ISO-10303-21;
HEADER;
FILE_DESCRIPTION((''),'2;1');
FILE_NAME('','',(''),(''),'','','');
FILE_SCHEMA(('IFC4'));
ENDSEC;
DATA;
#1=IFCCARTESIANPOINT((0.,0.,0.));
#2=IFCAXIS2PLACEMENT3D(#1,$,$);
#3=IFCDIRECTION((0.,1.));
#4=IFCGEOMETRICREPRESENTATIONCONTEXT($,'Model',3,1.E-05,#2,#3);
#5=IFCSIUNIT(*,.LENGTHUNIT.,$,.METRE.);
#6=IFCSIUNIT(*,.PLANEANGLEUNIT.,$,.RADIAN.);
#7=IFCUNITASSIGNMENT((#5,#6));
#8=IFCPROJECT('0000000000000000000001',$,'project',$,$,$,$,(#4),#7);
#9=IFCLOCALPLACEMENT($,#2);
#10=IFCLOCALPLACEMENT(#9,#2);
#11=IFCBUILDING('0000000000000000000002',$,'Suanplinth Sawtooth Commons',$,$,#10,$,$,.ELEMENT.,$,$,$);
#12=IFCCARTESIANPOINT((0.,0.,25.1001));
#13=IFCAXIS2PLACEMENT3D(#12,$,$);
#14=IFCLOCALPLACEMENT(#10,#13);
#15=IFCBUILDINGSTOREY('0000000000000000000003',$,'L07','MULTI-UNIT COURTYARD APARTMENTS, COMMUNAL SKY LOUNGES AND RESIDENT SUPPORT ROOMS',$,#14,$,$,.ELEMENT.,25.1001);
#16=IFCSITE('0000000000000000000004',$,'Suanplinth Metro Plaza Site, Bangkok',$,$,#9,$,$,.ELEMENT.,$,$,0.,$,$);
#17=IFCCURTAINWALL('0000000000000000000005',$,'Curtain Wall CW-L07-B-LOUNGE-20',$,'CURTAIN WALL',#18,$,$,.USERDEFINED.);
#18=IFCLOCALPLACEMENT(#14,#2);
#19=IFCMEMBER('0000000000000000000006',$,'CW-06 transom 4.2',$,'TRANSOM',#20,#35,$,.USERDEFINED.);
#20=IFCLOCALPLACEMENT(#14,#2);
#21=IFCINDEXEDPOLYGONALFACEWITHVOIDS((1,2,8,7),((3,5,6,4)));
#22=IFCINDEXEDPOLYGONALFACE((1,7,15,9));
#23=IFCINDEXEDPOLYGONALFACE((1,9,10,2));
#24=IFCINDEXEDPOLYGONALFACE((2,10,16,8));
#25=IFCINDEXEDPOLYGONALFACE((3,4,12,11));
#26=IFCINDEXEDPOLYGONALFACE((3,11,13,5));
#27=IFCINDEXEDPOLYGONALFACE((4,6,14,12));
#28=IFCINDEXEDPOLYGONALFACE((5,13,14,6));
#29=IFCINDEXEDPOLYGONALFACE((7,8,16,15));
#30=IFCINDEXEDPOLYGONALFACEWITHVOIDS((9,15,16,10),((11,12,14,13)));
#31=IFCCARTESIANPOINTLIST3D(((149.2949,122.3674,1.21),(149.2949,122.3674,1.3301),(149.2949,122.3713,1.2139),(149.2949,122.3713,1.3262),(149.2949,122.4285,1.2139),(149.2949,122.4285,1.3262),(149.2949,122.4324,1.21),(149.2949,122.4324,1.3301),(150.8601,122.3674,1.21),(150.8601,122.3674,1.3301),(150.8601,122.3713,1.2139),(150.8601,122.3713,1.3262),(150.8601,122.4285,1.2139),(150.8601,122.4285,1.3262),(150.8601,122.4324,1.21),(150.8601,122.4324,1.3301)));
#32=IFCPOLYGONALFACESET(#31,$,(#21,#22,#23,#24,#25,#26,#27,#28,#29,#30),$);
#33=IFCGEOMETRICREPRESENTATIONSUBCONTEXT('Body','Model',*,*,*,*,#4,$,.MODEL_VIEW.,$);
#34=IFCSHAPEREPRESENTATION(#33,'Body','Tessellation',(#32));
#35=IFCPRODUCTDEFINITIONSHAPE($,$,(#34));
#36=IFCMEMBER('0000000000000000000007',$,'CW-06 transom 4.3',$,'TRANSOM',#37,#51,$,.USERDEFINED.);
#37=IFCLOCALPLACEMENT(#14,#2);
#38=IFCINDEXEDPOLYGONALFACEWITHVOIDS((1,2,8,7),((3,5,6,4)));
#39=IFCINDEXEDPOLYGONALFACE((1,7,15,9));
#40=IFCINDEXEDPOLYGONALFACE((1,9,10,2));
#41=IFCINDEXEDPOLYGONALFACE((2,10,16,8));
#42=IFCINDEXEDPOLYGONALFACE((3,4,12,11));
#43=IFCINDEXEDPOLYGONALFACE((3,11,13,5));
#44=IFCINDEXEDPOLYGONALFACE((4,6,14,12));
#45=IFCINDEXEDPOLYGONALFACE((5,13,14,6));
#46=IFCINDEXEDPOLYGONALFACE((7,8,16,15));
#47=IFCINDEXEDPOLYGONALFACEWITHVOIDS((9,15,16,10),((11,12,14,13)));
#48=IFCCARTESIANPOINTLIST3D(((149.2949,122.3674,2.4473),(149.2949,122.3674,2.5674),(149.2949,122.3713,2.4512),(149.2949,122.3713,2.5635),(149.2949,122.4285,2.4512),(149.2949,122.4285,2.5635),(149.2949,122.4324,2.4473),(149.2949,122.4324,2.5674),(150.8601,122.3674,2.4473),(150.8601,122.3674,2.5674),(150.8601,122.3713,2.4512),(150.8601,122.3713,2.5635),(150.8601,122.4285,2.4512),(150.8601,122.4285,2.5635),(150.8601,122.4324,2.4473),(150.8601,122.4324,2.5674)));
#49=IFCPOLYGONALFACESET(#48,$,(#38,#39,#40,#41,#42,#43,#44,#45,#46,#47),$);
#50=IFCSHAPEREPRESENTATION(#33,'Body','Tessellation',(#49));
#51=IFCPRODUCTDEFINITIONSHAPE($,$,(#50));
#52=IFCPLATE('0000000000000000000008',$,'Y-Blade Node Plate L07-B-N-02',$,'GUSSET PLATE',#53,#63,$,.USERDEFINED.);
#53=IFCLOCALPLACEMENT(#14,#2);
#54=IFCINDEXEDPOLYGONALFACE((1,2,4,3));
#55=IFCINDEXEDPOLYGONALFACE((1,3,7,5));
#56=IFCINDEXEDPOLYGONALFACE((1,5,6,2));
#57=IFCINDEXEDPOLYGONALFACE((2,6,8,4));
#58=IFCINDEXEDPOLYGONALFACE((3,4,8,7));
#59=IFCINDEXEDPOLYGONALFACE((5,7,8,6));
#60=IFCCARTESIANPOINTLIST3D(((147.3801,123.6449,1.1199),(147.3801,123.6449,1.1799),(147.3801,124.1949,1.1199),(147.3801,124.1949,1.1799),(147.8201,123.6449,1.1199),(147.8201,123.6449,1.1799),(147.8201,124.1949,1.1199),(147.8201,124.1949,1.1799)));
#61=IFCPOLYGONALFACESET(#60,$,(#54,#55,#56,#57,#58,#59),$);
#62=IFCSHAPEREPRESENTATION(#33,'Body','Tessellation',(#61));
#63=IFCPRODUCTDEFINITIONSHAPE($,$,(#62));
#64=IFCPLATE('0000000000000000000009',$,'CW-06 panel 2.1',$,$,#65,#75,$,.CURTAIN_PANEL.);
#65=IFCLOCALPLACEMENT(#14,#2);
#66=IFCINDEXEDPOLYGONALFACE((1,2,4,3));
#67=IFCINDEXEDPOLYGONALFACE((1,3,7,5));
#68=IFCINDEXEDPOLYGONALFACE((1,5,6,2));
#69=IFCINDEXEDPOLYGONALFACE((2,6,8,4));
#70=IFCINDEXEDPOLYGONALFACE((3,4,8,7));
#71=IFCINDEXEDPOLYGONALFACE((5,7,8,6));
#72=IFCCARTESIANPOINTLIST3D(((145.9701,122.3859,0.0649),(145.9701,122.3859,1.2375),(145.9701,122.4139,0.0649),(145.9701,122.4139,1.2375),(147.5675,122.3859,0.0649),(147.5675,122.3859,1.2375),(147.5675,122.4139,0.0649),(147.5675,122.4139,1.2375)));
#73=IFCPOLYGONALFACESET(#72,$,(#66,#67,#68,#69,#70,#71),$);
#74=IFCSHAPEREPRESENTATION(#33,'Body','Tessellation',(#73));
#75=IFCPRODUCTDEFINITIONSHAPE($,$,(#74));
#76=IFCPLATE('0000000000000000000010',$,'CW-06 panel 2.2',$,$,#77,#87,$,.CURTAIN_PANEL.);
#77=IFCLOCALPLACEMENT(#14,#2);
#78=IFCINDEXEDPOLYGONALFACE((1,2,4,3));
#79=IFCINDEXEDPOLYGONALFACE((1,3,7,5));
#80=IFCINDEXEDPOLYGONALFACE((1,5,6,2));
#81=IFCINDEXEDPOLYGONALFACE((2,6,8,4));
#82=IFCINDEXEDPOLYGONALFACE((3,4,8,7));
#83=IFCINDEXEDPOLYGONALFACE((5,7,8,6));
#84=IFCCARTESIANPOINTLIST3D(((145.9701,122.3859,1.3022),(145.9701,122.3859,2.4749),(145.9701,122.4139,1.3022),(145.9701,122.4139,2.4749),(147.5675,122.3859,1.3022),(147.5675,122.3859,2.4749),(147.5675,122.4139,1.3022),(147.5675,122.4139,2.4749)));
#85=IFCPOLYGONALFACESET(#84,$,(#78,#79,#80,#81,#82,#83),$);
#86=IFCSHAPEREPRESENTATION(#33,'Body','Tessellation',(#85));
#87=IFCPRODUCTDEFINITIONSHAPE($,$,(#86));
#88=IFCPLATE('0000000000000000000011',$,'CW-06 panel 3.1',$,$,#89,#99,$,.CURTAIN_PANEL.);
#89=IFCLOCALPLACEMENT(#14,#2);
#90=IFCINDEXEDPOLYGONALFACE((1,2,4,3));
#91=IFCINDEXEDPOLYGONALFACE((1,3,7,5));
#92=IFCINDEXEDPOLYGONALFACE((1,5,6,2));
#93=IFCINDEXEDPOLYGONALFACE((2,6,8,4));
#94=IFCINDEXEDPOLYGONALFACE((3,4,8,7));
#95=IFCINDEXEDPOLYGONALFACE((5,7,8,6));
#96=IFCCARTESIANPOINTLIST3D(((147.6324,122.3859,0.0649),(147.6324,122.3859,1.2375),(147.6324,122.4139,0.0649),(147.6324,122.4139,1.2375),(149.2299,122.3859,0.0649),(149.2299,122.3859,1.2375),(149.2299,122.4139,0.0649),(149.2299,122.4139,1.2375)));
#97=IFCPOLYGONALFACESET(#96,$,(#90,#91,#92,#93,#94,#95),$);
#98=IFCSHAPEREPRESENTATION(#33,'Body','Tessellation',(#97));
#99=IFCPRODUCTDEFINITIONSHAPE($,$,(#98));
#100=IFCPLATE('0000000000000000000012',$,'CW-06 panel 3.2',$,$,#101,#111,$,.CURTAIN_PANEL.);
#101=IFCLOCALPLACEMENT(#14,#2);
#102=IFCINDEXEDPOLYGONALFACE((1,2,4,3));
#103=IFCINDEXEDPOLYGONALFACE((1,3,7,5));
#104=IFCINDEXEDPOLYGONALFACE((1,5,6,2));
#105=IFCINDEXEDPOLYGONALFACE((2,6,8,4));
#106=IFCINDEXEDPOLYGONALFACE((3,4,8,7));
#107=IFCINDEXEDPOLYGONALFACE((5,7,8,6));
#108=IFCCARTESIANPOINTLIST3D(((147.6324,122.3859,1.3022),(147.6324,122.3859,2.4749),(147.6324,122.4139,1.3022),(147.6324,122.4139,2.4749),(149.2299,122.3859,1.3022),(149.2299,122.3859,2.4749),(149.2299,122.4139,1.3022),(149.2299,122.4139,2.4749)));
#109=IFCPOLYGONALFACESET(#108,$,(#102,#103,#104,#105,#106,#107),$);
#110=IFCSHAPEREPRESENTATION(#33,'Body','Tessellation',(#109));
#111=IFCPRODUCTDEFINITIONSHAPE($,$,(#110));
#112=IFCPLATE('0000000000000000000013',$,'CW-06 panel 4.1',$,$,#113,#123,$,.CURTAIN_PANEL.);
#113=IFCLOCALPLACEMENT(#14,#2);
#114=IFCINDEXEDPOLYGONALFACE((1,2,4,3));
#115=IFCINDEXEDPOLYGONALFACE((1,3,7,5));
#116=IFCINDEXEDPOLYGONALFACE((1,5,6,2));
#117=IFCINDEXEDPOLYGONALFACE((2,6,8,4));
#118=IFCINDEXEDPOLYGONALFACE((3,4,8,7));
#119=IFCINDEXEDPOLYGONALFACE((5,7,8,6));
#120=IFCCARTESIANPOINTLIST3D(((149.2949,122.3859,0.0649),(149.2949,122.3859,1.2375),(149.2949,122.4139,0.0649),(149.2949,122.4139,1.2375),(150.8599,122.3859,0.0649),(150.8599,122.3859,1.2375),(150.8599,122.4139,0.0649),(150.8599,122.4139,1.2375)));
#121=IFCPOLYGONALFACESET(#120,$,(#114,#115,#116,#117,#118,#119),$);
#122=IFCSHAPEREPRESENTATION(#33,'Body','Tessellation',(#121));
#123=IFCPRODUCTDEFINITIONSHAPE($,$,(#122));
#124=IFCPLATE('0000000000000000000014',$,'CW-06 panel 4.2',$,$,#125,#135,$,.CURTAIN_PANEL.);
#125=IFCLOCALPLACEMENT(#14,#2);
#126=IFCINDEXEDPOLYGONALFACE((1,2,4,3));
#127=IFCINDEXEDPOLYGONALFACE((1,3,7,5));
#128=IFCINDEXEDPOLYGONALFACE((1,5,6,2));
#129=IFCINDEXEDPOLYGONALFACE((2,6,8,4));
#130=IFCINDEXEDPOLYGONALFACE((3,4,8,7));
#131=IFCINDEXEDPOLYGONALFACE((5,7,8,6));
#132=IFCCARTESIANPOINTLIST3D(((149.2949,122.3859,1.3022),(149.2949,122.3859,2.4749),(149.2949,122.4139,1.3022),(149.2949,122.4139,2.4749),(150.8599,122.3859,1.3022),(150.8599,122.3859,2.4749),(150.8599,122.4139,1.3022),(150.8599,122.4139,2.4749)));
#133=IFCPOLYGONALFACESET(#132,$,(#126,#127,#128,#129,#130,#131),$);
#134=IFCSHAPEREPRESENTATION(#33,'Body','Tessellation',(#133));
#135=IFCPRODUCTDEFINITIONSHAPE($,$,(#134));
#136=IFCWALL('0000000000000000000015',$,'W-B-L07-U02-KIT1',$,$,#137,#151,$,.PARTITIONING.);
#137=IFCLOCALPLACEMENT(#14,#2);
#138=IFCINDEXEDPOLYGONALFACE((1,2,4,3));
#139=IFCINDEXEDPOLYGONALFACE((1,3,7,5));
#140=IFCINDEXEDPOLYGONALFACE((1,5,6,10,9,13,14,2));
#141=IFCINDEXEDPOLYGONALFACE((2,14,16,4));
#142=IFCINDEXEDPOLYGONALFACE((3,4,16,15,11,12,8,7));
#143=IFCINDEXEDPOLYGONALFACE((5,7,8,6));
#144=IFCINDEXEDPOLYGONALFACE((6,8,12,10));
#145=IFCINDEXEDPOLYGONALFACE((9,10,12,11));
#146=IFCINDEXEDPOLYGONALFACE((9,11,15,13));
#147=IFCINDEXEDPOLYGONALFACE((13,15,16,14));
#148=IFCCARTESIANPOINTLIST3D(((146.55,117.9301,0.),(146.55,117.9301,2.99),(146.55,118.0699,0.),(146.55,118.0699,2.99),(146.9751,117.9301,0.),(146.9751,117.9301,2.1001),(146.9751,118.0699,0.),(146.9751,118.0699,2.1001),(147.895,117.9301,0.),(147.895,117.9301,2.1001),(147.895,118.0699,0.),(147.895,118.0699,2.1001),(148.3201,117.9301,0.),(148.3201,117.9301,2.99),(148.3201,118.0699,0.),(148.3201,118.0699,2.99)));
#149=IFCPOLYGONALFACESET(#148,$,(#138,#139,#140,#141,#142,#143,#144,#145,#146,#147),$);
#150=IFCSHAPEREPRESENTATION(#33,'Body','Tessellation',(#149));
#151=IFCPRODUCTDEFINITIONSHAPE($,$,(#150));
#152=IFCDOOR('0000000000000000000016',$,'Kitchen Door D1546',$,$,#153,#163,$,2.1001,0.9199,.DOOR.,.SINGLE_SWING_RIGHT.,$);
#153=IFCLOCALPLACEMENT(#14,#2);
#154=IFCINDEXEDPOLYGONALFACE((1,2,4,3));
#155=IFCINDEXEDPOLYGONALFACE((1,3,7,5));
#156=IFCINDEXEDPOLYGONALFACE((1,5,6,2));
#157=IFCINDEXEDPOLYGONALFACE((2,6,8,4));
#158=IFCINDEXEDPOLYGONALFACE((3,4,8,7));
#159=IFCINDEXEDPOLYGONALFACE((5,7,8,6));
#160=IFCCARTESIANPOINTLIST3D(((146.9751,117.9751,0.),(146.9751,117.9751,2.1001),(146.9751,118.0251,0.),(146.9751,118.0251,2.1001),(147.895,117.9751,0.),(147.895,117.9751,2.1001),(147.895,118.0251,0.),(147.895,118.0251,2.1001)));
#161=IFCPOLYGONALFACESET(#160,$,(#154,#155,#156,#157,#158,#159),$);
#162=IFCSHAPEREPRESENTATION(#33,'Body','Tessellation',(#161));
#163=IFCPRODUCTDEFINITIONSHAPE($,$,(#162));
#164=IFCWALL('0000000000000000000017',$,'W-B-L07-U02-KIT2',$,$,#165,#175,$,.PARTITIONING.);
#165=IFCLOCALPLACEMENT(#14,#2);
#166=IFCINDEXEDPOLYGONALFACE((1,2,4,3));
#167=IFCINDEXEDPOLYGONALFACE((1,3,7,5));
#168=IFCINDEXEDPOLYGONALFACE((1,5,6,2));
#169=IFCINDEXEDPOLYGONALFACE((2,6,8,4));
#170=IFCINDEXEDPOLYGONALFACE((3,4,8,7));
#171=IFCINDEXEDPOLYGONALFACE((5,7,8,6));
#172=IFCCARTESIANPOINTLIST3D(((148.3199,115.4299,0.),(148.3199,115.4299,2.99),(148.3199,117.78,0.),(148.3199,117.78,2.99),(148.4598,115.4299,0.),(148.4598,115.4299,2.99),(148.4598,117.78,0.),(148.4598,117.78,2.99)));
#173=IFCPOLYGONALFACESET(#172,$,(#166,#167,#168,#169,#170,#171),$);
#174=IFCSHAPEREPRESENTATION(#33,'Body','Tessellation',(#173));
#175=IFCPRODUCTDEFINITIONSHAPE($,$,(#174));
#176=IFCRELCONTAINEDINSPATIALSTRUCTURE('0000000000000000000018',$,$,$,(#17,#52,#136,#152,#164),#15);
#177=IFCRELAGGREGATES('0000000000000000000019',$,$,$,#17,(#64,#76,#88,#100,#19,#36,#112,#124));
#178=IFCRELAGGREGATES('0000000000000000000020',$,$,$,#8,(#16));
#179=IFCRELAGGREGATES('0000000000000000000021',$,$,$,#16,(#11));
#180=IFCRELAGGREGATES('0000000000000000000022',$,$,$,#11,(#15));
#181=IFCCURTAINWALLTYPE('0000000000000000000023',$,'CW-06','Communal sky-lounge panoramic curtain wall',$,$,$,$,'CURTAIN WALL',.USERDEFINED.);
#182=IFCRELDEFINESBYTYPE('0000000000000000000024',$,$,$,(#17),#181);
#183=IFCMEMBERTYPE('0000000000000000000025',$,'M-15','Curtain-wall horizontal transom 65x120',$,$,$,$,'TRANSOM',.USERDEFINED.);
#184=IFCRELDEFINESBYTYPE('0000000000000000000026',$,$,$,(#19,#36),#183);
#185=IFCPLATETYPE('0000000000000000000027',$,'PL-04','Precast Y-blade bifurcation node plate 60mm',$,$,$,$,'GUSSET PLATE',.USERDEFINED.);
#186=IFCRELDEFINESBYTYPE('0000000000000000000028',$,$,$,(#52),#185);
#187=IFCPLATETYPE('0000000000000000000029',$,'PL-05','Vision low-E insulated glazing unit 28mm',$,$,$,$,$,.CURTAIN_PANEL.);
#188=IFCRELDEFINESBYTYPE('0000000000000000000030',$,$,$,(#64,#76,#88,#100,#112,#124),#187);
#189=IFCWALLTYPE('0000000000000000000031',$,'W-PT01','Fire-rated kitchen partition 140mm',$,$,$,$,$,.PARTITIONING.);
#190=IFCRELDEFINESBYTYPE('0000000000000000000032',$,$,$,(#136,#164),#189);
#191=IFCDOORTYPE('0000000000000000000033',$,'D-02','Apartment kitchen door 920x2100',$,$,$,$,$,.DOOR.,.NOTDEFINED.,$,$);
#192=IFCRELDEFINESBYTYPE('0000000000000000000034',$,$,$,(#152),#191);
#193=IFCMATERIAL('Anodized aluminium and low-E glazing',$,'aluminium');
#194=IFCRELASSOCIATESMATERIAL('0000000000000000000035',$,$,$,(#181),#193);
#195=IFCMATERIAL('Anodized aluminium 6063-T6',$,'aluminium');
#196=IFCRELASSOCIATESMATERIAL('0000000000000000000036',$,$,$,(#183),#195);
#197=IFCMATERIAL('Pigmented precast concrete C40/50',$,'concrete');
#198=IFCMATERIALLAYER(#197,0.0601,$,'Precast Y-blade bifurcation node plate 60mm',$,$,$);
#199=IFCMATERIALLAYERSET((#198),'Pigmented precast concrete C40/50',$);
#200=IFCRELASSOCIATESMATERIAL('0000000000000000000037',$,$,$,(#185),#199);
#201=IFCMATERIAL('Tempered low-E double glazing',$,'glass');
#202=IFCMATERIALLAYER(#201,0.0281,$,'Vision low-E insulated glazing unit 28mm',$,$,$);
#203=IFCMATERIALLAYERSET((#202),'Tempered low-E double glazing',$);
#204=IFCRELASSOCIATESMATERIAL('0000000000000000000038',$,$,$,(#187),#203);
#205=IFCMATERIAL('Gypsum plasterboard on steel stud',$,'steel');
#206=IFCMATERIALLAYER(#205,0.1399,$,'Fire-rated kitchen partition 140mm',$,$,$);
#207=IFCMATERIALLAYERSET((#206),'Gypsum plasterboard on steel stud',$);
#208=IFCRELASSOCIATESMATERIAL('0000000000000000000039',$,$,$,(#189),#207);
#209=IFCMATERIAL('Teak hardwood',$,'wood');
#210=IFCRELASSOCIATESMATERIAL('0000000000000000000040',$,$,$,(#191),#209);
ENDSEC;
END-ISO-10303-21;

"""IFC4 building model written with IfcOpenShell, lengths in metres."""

from ifc_helpers import new_model, si_unit, direction, frame, frame_2d, origin, origin_2d, place, context, subcontext, project, spatial, rectangle, hollow_rectangle, extrude, material, layer, layer_set, material_profile, profile_set, type_object, element, fill, aggregate, save


model = new_model("IFC4")

# Units and contexts
model_context = context("Model", 3, precision=1e-05, world=origin(), true_north=direction((0.0, 1.0)))
body_context = subcontext(model_context, "Body", "Model", "MODEL_VIEW")
ifc_project = project(units=[si_unit("LENGTHUNIT", "METRE"), si_unit("PLANEANGLEUNIT", "RADIAN")], contexts=[model_context])

# Site, building, storey
site_placement = place(None, origin())
site = spatial("IfcSite", under=ifc_project, at=site_placement, Name="Suanplinth Metro Plaza Site, Bangkok", CompositionType="ELEMENT", RefElevation=0.0)
building_placement = place(site_placement, origin())
building = spatial("IfcBuilding", under=site, at=building_placement, Name="Suanplinth Sawtooth Commons", CompositionType="ELEMENT")
storey_placement = place(building_placement, frame((0.0, 0.0, 25.1001)))
storey = spatial("IfcBuildingStorey", under=building, at=storey_placement, Name="L07", Description="MULTI-UNIT COURTYARD APARTMENTS, COMMUNAL SKY LOUNGES AND RESIDENT SUPPORT ROOMS", CompositionType="ELEMENT", Elevation=25.1001)

# Shared definitions
ifc_material_1 = material(Name="Pigmented precast concrete C40/50", Category="concrete")

# Curtain wall, members
ifc_material_2 = material(Name="Anodized aluminium and low-E glazing", Category="aluminium")
curtain_wall_type = type_object("IfcCurtainWallType", Name="CW-06", Description="Communal sky-lounge panoramic curtain wall", ElementType="CURTAIN WALL", PredefinedType="USERDEFINED", material=ifc_material_2)
curtain_wall_placement = place(storey_placement, origin())
curtain_wall = element("IfcCurtainWall", 1, at=curtain_wall_placement, inside=storey, type_object=curtain_wall_type, Name="Curtain Wall CW-L07-B-LOUNGE-20", ObjectType="CURTAIN WALL", PredefinedType="USERDEFINED")
ifc_material_3 = material(Name="Anodized aluminium 6063-T6", Category="aluminium")
ifc_material_profile_1 = material_profile(ifc_material_3, hollow_rectangle(XDim=0.0649, YDim=0.1201, WallThickness=0.0039, at=origin_2d()), Name="ALU-TRN 65x120")
ifc_profile_set_1 = profile_set([ifc_material_profile_1], Name="Anodized aluminium 6063-T6")
member_type_1 = type_object("IfcMemberType", Name="M-15", Description="Curtain-wall horizontal transom 65x120", ElementType="TRANSOM", PredefinedType="USERDEFINED", material=ifc_profile_set_1)
member_1_placement = place(storey_placement, frame((149.2949, 122.3999, 1.27), z_axis=(1.0, 0.0, 0.0), x_axis=(0.0, 1.0, 0.0)))
member_1 = element("IfcMember", 2, at=member_1_placement, type_object=member_type_1, Name="CW-06 transom 4.2", ObjectType="TRANSOM", PredefinedType="USERDEFINED", context=body_context, shape_type="SweptSolid", body=[
    extrude(hollow_rectangle(XDim=0.0649, YDim=0.1201, WallThickness=0.0039, at=origin_2d()), origin(), (0.0, 0.0, 1.0), 1.5652),
])
member_2_placement = place(storey_placement, frame((149.2949, 122.3999, 2.5073), z_axis=(1.0, 0.0, 0.0), x_axis=(0.0, 1.0, 0.0)))
member_2 = element("IfcMember", 3, at=member_2_placement, type_object=member_type_1, Name="CW-06 transom 4.3", ObjectType="TRANSOM", PredefinedType="USERDEFINED", context=body_context, shape_type="SweptSolid", body=[
    extrude(hollow_rectangle(XDim=0.0649, YDim=0.1201, WallThickness=0.0039, at=origin_2d()), origin(), (0.0, 0.0, 1.0), 1.5652),
])

# Plates
ifc_layer_1 = layer(ifc_material_1, 0.0601, Name="Precast Y-blade bifurcation node plate 60mm")
ifc_layer_set_1 = layer_set([ifc_layer_1], Name="Pigmented precast concrete C40/50")
plate_type_1 = type_object("IfcPlateType", Name="PL-04", Description="Precast Y-blade bifurcation node plate 60mm", ElementType="GUSSET PLATE", PredefinedType="USERDEFINED", material=ifc_layer_set_1)
plate_1_placement = place(storey_placement, frame((147.6001, 123.9199, 1.1199), z_axis=(0.0, 0.0, 1.0), x_axis=(1.0, 0.0, 0.0)))
element("IfcPlate", 4, at=plate_1_placement, inside=storey, type_object=plate_type_1, Name="Y-Blade Node Plate L07-B-N-02", ObjectType="GUSSET PLATE", PredefinedType="USERDEFINED", context=body_context, shape_type="SweptSolid", body=[
    extrude(rectangle(XDim=0.4399, YDim=0.55, at=origin_2d()), origin(), (0.0, 0.0, 1.0), 0.0601),
])
ifc_material_4 = material(Name="Tempered low-E double glazing", Category="glass")
ifc_layer_2 = layer(ifc_material_4, 0.0281, Name="Vision low-E insulated glazing unit 28mm")
ifc_layer_set_2 = layer_set([ifc_layer_2], Name="Tempered low-E double glazing")
plate_type_2 = type_object("IfcPlateType", Name="PL-05", Description="Vision low-E insulated glazing unit 28mm", PredefinedType="CURTAIN_PANEL", material=ifc_layer_set_2)
plate_2_placement = place(storey_placement, frame((146.7688, 122.3999, 0.0649), z_axis=(0.0, 0.0, 1.0), x_axis=(1.0, 0.0, 0.0)))
plate_2 = element("IfcPlate", 5, at=plate_2_placement, type_object=plate_type_2, Name="CW-06 panel 2.1", PredefinedType="CURTAIN_PANEL", context=body_context, shape_type="SweptSolid", body=[
    extrude(rectangle(XDim=1.5974, YDim=0.0281, at=origin_2d()), origin(), (0.0, 0.0, 1.0), 1.1726),
])
plate_3_placement = place(storey_placement, frame((146.7688, 122.3999, 1.3022), z_axis=(0.0, 0.0, 1.0), x_axis=(1.0, 0.0, 0.0)))
plate_3 = element("IfcPlate", 6, at=plate_3_placement, type_object=plate_type_2, Name="CW-06 panel 2.2", PredefinedType="CURTAIN_PANEL", context=body_context, shape_type="SweptSolid", body=[
    extrude(rectangle(XDim=1.5974, YDim=0.0281, at=origin_2d()), origin(), (0.0, 0.0, 1.0), 1.1726),
])
plate_4_placement = place(storey_placement, frame((148.4312, 122.3999, 0.0649), z_axis=(0.0, 0.0, 1.0), x_axis=(1.0, 0.0, 0.0)))
plate_4 = element("IfcPlate", 7, at=plate_4_placement, type_object=plate_type_2, Name="CW-06 panel 3.1", PredefinedType="CURTAIN_PANEL", context=body_context, shape_type="SweptSolid", body=[
    extrude(rectangle(XDim=1.5974, YDim=0.0281, at=origin_2d()), origin(), (0.0, 0.0, 1.0), 1.1726),
])
plate_5_placement = place(storey_placement, frame((148.4312, 122.3999, 1.3022), z_axis=(0.0, 0.0, 1.0), x_axis=(1.0, 0.0, 0.0)))
plate_5 = element("IfcPlate", 8, at=plate_5_placement, type_object=plate_type_2, Name="CW-06 panel 3.2", PredefinedType="CURTAIN_PANEL", context=body_context, shape_type="SweptSolid", body=[
    extrude(rectangle(XDim=1.5974, YDim=0.0281, at=origin_2d()), origin(), (0.0, 0.0, 1.0), 1.1726),
])
plate_6_placement = place(storey_placement, frame((150.0774, 122.3999, 0.0649), z_axis=(0.0, 0.0, 1.0), x_axis=(1.0, 0.0, 0.0)))
plate_6 = element("IfcPlate", 9, at=plate_6_placement, type_object=plate_type_2, Name="CW-06 panel 4.1", PredefinedType="CURTAIN_PANEL", context=body_context, shape_type="SweptSolid", body=[
    extrude(rectangle(XDim=1.5649, YDim=0.0281, at=origin_2d()), origin(), (0.0, 0.0, 1.0), 1.1726),
])
plate_7_placement = place(storey_placement, frame((150.0774, 122.3999, 1.3022), z_axis=(0.0, 0.0, 1.0), x_axis=(1.0, 0.0, 0.0)))
plate_7 = element("IfcPlate", 10, at=plate_7_placement, type_object=plate_type_2, Name="CW-06 panel 4.2", PredefinedType="CURTAIN_PANEL", context=body_context, shape_type="SweptSolid", body=[
    extrude(rectangle(XDim=1.5649, YDim=0.0281, at=origin_2d()), origin(), (0.0, 0.0, 1.0), 1.1726),
])
aggregate(curtain_wall, [plate_2, plate_3, plate_4, plate_5, member_1, member_2, plate_6, plate_7])

# Wall, opening, door
ifc_material_5 = material(Name="Gypsum plasterboard on steel stud", Category="steel")
ifc_layer_3 = layer(ifc_material_5, 0.1399, Name="Fire-rated kitchen partition 140mm")
ifc_layer_set_3 = layer_set([ifc_layer_3], Name="Gypsum plasterboard on steel stud")
wall_type_1 = type_object("IfcWallType", Name="W-PT01", Description="Fire-rated kitchen partition 140mm", PredefinedType="PARTITIONING", material=ifc_layer_set_3)
wall_1_placement = place(storey_placement, frame((146.55, 118.0, 0.0), z_axis=(0.0, 0.0, 1.0), x_axis=(1.0, 0.0, 0.0)))
wall_1 = element("IfcWall", 11, at=wall_1_placement, inside=storey, type_object=wall_type_1, Name="W-B-L07-U02-KIT1", PredefinedType="PARTITIONING", context=body_context, shape_type="SweptSolid", body=[
    extrude(rectangle(XDim=1.77, YDim=0.1399, at=frame_2d((0.885, 0.0))), origin(), (0.0, 0.0, 1.0), 2.99),
])
opening_1_placement = place(wall_1_placement, frame((0.425, 0.0, 0.0)))
opening_1 = element("IfcOpeningElement", 12, at=opening_1_placement, cuts=wall_1, PredefinedType="OPENING", context=body_context, shape_type="SweptSolid", body=[
    extrude(rectangle(XDim=0.9199, YDim=2.1001, at=frame_2d((0.46, 1.05))), frame((0.0, 0.085, 0.0), z_axis=(0.0, -1.0, 0.0), x_axis=(1.0, 0.0, 0.0)), (0.0, 0.0, 1.0), 0.1697),
])
ifc_material_6 = material(Name="Teak hardwood", Category="wood")
door_type_1 = type_object("IfcDoorType", Name="D-02", Description="Apartment kitchen door 920x2100", OperationType="NOTDEFINED", PredefinedType="DOOR", material=ifc_material_6)
door_1_placement = place(opening_1_placement, frame((0.9199, 0.0, 0.0), z_axis=(0.0, 0.0, 1.0), x_axis=(-1.0, 0.0, 0.0)))
door_1 = element("IfcDoor", 13, at=door_1_placement, inside=storey, type_object=door_type_1, Name="Kitchen Door D1546", OperationType="SINGLE_SWING_RIGHT", OverallHeight=2.1001, OverallWidth=0.9199, PredefinedType="DOOR", context=body_context, shape_type="SweptSolid", body=[
    extrude(rectangle(XDim=0.9199, YDim=2.1001, at=frame_2d((0.46, 1.05))), frame((0.0, 0.0249, 0.0), z_axis=(0.0, -1.0, 0.0), x_axis=(1.0, 0.0, 0.0)), (0.0, 0.0, 1.0), 0.05),
])
fill(opening_1, door_1)

# Wall
wall_2_placement = place(storey_placement, frame((148.3899, 115.4299, 0.0), z_axis=(0.0, 0.0, 1.0), x_axis=(0.0, 1.0, 0.0)))
element("IfcWall", 14, at=wall_2_placement, inside=storey, type_object=wall_type_1, Name="W-B-L07-U02-KIT2", PredefinedType="PARTITIONING", context=body_context, shape_type="SweptSolid", body=[
    extrude(rectangle(XDim=2.3501, YDim=0.1399, at=frame_2d((1.175, 0.0))), origin(), (0.0, 0.0, 1.0), 2.99),
])

save(model, "model.ifc")
